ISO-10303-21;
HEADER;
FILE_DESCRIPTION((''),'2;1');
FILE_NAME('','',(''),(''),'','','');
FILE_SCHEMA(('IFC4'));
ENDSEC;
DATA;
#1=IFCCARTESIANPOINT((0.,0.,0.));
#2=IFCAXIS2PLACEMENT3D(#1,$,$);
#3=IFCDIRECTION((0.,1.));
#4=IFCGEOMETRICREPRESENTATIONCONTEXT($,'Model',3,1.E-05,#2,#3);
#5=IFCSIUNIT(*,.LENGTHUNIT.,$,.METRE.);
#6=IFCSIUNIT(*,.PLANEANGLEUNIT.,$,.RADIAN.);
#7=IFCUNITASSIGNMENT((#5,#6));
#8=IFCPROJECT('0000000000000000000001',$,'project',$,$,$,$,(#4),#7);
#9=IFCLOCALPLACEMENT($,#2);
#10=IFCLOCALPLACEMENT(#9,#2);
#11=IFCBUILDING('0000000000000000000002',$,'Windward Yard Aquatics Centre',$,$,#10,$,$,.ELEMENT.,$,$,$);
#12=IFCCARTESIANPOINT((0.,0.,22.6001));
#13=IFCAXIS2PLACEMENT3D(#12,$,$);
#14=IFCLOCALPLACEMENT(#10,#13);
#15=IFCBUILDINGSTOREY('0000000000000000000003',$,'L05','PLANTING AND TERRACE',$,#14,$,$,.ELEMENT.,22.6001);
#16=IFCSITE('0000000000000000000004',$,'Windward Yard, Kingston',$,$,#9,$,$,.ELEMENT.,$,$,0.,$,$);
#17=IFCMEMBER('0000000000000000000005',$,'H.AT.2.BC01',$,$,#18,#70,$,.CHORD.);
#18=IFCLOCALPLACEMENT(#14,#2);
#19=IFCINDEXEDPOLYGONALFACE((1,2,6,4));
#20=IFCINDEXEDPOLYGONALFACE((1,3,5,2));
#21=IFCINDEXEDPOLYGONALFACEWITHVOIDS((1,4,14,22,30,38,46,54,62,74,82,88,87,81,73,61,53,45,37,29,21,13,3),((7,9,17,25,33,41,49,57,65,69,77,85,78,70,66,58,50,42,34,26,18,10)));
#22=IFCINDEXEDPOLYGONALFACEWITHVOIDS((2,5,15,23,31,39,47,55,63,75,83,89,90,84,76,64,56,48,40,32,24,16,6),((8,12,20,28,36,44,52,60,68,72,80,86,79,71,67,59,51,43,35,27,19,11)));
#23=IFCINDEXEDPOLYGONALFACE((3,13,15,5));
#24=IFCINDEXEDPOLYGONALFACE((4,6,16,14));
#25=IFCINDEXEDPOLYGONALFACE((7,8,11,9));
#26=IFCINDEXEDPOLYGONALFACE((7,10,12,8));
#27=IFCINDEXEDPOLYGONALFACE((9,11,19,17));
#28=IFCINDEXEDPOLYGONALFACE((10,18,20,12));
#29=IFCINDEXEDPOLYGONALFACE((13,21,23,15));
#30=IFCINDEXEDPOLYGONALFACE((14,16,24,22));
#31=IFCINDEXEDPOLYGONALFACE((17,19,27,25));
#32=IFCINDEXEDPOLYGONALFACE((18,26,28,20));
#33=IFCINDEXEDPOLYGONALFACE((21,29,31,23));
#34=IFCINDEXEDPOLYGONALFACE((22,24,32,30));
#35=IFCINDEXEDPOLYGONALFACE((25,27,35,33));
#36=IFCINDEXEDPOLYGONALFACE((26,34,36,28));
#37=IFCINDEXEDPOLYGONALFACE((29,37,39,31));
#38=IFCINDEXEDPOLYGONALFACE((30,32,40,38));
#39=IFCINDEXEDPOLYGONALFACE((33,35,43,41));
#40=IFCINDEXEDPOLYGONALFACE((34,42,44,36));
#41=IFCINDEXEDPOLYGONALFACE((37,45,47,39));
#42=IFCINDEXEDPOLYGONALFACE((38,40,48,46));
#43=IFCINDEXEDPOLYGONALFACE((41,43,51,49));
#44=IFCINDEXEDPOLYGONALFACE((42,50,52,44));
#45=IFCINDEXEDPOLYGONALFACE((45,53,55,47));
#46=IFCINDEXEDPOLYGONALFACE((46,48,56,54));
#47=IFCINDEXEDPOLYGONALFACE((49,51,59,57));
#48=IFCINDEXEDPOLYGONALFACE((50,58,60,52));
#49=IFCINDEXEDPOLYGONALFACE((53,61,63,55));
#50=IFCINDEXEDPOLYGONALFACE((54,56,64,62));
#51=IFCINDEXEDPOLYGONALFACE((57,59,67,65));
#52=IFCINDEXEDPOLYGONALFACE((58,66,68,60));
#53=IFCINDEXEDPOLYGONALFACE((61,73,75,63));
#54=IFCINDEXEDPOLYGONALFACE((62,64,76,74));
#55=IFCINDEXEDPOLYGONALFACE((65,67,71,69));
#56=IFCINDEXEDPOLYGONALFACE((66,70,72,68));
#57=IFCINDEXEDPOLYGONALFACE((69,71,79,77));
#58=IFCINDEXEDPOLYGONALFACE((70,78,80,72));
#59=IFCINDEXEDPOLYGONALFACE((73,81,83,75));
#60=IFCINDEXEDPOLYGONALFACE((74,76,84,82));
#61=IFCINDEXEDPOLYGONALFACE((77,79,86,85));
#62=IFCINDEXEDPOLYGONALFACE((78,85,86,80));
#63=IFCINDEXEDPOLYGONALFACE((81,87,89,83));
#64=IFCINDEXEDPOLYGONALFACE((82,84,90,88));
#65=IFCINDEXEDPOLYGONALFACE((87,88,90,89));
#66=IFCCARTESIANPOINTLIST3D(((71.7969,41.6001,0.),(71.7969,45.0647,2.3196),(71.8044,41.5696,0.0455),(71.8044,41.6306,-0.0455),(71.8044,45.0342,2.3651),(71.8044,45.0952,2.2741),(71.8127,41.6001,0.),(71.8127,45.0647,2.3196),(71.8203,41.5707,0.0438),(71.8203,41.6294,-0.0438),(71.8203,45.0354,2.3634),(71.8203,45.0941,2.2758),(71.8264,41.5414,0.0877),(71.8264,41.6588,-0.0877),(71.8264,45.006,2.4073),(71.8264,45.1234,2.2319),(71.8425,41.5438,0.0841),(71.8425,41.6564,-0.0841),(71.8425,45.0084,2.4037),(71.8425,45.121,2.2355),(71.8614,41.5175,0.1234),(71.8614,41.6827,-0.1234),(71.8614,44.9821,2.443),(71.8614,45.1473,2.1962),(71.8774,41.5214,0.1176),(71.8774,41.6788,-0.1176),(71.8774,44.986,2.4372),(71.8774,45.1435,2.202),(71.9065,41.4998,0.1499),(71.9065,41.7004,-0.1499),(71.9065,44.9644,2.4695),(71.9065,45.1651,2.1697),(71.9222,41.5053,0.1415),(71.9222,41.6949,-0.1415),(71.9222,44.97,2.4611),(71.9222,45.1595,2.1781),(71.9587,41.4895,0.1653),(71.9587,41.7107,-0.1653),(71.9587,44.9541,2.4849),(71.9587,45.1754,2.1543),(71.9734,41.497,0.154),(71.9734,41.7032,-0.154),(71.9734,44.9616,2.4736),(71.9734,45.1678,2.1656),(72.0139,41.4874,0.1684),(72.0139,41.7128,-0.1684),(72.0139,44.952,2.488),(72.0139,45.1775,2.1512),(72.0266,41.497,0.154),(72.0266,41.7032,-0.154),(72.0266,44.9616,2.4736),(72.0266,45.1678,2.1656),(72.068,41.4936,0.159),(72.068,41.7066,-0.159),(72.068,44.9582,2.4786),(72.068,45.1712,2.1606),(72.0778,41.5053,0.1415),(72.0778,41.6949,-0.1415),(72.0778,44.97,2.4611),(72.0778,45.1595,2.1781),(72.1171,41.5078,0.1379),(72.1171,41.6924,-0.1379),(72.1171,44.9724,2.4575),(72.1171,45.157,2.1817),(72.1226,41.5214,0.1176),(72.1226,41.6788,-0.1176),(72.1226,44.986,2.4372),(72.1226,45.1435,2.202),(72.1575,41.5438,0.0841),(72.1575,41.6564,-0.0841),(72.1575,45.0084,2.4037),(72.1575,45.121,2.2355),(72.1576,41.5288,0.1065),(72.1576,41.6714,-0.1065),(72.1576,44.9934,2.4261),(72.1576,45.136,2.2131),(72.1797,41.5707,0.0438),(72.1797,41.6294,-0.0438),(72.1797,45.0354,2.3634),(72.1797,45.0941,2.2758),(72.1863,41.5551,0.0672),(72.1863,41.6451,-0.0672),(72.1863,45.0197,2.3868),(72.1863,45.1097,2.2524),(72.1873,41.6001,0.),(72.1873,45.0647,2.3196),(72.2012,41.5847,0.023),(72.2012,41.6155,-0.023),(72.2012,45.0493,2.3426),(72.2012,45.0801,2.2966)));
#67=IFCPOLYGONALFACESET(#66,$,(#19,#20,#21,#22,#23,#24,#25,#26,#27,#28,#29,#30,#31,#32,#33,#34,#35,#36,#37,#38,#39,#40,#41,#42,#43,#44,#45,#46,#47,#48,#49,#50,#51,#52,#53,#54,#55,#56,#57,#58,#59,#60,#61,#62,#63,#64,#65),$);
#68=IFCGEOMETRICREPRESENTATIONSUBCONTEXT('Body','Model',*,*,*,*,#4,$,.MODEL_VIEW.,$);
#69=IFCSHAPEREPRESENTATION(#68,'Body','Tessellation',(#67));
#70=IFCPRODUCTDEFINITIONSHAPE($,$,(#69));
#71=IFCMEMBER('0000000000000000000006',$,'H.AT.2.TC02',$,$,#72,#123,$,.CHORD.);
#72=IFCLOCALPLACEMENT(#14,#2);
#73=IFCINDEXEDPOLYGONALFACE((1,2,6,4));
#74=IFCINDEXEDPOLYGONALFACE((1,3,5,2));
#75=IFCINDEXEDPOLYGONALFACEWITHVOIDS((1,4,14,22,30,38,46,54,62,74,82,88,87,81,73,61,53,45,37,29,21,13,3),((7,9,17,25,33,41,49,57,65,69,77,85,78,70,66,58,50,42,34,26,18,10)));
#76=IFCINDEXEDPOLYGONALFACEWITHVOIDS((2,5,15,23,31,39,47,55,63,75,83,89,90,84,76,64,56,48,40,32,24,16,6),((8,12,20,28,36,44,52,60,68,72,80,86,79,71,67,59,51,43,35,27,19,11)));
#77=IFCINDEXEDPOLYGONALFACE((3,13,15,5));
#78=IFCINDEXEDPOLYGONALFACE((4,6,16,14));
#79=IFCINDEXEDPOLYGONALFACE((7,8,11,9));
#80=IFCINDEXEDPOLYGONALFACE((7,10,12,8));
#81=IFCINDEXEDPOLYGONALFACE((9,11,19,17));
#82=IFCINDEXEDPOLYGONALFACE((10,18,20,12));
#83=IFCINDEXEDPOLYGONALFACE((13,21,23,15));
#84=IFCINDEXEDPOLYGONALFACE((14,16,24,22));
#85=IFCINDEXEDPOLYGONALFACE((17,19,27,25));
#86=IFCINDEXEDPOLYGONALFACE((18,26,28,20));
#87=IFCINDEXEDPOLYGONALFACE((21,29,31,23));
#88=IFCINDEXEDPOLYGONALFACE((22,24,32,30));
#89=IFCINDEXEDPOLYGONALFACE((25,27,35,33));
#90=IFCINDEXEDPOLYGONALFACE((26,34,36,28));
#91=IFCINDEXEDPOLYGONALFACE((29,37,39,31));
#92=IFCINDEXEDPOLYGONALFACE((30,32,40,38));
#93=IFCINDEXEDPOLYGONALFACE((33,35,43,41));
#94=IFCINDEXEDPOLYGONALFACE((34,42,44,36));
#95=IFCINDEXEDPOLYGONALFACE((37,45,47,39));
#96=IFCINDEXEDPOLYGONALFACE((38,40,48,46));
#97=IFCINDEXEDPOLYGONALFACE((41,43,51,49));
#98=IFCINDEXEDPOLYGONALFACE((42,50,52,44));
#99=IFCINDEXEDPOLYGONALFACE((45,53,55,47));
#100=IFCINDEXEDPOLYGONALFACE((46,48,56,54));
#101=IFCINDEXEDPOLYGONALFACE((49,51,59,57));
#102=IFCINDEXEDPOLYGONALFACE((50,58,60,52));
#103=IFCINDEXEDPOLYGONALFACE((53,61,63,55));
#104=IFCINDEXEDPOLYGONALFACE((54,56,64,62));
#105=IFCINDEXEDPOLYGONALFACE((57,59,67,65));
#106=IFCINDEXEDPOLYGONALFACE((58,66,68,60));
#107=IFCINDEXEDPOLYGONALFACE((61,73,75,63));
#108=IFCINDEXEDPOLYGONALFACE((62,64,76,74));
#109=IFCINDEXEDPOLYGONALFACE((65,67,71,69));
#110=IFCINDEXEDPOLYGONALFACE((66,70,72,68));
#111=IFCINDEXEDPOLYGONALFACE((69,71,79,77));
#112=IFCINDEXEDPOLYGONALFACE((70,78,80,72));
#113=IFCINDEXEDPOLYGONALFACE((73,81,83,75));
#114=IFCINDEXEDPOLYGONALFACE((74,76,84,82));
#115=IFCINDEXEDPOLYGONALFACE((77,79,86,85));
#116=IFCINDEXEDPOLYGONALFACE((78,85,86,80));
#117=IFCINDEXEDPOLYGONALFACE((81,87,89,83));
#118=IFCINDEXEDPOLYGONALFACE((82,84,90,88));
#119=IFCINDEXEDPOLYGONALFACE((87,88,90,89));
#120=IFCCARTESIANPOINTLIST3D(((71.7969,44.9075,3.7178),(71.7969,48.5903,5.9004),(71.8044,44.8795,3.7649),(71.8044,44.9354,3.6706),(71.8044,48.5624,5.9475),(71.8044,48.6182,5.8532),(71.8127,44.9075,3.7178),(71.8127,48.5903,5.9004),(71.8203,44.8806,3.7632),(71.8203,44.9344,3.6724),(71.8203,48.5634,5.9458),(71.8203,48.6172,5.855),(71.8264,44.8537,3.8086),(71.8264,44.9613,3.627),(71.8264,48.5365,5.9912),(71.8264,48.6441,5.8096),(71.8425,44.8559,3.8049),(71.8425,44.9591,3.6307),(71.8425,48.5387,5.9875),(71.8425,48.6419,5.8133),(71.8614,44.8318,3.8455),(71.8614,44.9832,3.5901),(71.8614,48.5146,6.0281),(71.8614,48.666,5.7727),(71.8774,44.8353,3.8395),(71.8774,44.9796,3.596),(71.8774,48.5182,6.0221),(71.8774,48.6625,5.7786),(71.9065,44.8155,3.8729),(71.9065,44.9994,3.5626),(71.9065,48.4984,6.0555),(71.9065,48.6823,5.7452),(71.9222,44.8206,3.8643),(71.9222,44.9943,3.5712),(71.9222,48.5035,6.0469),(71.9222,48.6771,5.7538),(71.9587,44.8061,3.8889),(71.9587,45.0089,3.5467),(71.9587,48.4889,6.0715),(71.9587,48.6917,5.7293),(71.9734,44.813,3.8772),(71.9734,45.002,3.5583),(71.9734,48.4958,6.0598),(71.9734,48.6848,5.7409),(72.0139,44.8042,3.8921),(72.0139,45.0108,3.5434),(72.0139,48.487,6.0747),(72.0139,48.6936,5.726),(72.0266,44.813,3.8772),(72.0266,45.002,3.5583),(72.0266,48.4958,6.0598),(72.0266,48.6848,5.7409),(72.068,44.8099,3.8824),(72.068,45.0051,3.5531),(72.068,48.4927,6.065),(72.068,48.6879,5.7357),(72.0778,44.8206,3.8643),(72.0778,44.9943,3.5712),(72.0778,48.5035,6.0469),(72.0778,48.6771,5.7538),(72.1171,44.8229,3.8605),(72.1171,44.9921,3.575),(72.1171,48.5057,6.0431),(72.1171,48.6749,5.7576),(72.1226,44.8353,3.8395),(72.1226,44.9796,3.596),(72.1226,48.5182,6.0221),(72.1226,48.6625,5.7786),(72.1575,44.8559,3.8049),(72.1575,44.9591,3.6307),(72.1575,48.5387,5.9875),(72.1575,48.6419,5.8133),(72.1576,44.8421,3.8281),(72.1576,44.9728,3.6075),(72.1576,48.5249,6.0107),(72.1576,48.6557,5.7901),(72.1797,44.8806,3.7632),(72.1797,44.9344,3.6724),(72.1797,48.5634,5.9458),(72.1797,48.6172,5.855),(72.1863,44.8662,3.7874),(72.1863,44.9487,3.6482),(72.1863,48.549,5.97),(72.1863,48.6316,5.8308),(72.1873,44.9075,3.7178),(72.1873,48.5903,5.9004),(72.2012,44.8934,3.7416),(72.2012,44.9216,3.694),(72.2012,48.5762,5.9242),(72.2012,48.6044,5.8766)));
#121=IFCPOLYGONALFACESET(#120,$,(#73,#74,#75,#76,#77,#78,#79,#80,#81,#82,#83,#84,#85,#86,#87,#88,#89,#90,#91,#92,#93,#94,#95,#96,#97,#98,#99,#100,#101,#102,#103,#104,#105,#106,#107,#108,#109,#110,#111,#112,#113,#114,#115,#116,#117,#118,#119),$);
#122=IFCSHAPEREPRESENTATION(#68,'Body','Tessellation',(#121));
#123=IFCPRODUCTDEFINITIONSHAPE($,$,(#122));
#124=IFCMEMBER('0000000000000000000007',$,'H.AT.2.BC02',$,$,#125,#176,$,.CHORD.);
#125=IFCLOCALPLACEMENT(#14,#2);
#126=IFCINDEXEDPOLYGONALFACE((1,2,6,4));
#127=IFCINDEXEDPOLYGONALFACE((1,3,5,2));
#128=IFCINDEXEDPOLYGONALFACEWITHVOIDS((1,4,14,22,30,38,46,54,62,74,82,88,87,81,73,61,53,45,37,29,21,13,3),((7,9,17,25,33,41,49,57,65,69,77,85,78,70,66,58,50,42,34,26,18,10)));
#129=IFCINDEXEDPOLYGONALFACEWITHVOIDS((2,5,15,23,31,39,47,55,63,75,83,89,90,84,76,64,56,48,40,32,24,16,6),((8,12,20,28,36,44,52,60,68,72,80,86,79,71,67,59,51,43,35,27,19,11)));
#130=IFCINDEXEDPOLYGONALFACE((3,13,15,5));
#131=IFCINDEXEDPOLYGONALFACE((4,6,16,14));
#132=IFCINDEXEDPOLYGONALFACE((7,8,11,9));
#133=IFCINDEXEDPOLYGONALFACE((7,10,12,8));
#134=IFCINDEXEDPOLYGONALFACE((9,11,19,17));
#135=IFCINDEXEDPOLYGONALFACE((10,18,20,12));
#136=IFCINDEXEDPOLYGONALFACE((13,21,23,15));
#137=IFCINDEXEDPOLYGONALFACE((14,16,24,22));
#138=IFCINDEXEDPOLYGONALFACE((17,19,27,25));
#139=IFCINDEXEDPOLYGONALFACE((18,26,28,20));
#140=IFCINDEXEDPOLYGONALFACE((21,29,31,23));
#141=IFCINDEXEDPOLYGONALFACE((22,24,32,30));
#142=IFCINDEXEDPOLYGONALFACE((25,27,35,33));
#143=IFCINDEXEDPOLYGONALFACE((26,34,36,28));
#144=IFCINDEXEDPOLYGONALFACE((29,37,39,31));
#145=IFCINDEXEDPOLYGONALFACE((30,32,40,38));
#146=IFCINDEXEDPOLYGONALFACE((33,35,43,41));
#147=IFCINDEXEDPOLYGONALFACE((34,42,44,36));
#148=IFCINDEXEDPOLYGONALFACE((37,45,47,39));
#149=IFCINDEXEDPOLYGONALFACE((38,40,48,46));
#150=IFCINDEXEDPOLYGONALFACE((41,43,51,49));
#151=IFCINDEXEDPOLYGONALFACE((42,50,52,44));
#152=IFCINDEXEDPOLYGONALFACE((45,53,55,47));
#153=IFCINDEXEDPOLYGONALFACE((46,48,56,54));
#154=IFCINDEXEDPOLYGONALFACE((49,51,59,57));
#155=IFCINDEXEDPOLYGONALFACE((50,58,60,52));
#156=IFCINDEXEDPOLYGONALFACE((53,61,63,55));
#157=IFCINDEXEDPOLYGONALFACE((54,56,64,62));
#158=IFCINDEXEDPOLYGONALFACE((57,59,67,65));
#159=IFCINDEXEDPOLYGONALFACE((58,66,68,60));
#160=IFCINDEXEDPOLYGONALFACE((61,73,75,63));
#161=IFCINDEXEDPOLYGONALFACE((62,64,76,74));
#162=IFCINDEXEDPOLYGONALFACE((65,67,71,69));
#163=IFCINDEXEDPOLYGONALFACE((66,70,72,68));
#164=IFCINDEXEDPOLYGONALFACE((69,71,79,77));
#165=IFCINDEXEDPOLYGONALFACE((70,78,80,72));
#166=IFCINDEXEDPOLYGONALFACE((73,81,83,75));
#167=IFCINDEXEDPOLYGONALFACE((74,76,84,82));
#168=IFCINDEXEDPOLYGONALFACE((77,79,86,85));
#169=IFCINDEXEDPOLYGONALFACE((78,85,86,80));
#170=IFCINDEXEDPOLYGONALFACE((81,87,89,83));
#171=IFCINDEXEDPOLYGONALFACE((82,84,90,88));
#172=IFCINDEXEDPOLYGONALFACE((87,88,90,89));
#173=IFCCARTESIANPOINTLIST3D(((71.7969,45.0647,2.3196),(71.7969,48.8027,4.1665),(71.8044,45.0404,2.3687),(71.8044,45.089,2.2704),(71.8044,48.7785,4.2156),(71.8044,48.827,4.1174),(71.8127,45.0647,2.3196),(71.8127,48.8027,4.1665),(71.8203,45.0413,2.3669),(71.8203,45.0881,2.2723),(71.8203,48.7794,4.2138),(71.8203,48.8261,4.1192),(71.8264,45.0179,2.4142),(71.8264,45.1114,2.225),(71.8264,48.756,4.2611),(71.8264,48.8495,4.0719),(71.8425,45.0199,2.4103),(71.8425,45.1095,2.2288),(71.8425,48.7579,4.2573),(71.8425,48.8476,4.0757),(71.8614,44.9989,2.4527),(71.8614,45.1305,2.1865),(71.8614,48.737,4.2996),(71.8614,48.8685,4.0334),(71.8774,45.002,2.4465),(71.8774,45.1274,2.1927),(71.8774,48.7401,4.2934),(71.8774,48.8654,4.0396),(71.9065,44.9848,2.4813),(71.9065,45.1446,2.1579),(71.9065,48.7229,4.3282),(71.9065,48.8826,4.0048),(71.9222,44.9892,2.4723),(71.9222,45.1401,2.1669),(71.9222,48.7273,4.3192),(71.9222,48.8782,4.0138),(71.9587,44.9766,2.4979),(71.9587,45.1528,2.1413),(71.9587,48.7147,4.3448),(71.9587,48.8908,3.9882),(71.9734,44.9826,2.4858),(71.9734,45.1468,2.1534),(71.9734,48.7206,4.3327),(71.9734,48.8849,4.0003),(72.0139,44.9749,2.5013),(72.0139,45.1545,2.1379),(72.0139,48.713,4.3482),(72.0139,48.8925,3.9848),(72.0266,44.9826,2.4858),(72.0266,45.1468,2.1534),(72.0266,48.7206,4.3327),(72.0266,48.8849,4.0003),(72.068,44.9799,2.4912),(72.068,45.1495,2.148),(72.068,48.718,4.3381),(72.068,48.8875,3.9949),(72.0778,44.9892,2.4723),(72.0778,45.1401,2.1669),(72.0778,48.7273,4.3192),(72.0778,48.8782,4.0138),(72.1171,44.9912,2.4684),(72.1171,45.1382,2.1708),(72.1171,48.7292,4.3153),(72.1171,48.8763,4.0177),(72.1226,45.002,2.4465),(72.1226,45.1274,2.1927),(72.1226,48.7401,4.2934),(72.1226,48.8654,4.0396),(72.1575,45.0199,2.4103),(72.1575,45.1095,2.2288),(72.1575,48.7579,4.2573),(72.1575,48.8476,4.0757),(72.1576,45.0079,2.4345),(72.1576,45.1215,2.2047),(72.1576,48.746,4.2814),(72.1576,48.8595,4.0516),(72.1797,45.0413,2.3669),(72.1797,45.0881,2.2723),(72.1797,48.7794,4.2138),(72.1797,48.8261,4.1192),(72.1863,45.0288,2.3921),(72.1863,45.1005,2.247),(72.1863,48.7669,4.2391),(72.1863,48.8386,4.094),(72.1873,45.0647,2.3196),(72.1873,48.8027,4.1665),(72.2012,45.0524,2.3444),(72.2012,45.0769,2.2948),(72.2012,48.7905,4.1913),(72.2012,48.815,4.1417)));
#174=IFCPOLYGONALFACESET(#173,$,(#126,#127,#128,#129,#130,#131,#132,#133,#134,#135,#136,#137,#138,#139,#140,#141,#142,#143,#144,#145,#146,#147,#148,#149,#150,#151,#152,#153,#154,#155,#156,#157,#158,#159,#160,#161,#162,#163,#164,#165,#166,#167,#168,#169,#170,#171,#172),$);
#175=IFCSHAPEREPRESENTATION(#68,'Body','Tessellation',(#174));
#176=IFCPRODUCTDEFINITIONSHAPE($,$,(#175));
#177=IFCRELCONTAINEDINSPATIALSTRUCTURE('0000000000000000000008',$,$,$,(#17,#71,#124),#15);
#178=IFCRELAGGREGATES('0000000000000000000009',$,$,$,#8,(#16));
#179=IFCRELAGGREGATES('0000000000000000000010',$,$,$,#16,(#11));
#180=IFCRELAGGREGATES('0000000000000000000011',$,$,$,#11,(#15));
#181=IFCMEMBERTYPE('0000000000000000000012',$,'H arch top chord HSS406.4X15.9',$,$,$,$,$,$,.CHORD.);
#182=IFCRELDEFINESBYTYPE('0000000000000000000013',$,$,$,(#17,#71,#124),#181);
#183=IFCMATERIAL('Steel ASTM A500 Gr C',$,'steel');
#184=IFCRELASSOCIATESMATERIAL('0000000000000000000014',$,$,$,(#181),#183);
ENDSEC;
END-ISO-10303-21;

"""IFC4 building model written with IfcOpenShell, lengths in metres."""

from ifc_helpers import new_model, si_unit, direction, frame, origin, origin_2d, place, context, subcontext, project, spatial, hollow_circle, extrude, material, material_profile, profile_set, type_object, element, save


model = new_model("IFC4")

# Units and contexts
model_context = context("Model", 3, precision=1e-05, world=origin(), true_north=direction((0.0, 1.0)))
body_context = subcontext(model_context, "Body", "Model", "MODEL_VIEW")
ifc_project = project(units=[si_unit("LENGTHUNIT", "METRE"), si_unit("PLANEANGLEUNIT", "RADIAN")], contexts=[model_context])

# Site, building, storey
site_placement = place(None, origin())
site = spatial("IfcSite", under=ifc_project, at=site_placement, Name="Windward Yard, Kingston", CompositionType="ELEMENT", RefElevation=0.0)
building_placement = place(site_placement, origin())
building = spatial("IfcBuilding", under=site, at=building_placement, Name="Windward Yard Aquatics Centre", CompositionType="ELEMENT")
storey_placement = place(building_placement, frame((0.0, 0.0, 22.6001)))
storey = spatial("IfcBuildingStorey", under=building, at=storey_placement, Name="L05", Description="PLANTING AND TERRACE", CompositionType="ELEMENT", Elevation=22.6001)

# Members
ifc_material_1 = material(Name="Steel ASTM A500 Gr C", Category="steel")
ifc_material_profile_1 = material_profile(ifc_material_1, hollow_circle(Radius=0.2031, WallThickness=0.0159, at=origin_2d()), Name="HSS406.4X15.9")
ifc_profile_set_1 = profile_set([ifc_material_profile_1], Name="Steel ASTM A500 Gr C")
member_type_1 = type_object("IfcMemberType", Name="H arch top chord HSS406.4X15.9", PredefinedType="CHORD", material=ifc_profile_set_1)
member_1_placement = place(storey_placement, frame((72.0, 41.6001, 0.0), z_axis=(0.0, 0.830959, 0.556334), x_axis=(-1.0, 0.0, 0.0)))
element("IfcMember", 1, at=member_1_placement, inside=storey, type_object=member_type_1, Name="H.AT.2.BC01", PredefinedType="CHORD", context=body_context, shape_type="SweptSolid", body=[
    extrude(hollow_circle(Radius=0.2031, WallThickness=0.0159, at=origin_2d()), origin(), (0.0, 0.0, 1.0), 4.1694),
])
member_2_placement = place(storey_placement, frame((72.0, 44.9075, 3.7178), z_axis=(0.0, 0.860273, 0.509834), x_axis=(-1.0, 0.0, 0.0)))
element("IfcMember", 2, at=member_2_placement, inside=storey, type_object=member_type_1, Name="H.AT.2.TC02", PredefinedType="CHORD", context=body_context, shape_type="SweptSolid", body=[
    extrude(hollow_circle(Radius=0.2031, WallThickness=0.0159, at=origin_2d()), origin(), (0.0, 0.0, 1.0), 4.281),
])
member_3_placement = place(storey_placement, frame((72.0, 45.0647, 2.3196), z_axis=(0.0, 0.896537, 0.442969), x_axis=(-1.0, 0.0, 0.0)))
element("IfcMember", 3, at=member_3_placement, inside=storey, type_object=member_type_1, Name="H.AT.2.BC02", PredefinedType="CHORD", context=body_context, shape_type="SweptSolid", body=[
    extrude(hollow_circle(Radius=0.2031, WallThickness=0.0159, at=origin_2d()), origin(), (0.0, 0.0, 1.0), 4.1694),
])

save(model, "model.ifc")
